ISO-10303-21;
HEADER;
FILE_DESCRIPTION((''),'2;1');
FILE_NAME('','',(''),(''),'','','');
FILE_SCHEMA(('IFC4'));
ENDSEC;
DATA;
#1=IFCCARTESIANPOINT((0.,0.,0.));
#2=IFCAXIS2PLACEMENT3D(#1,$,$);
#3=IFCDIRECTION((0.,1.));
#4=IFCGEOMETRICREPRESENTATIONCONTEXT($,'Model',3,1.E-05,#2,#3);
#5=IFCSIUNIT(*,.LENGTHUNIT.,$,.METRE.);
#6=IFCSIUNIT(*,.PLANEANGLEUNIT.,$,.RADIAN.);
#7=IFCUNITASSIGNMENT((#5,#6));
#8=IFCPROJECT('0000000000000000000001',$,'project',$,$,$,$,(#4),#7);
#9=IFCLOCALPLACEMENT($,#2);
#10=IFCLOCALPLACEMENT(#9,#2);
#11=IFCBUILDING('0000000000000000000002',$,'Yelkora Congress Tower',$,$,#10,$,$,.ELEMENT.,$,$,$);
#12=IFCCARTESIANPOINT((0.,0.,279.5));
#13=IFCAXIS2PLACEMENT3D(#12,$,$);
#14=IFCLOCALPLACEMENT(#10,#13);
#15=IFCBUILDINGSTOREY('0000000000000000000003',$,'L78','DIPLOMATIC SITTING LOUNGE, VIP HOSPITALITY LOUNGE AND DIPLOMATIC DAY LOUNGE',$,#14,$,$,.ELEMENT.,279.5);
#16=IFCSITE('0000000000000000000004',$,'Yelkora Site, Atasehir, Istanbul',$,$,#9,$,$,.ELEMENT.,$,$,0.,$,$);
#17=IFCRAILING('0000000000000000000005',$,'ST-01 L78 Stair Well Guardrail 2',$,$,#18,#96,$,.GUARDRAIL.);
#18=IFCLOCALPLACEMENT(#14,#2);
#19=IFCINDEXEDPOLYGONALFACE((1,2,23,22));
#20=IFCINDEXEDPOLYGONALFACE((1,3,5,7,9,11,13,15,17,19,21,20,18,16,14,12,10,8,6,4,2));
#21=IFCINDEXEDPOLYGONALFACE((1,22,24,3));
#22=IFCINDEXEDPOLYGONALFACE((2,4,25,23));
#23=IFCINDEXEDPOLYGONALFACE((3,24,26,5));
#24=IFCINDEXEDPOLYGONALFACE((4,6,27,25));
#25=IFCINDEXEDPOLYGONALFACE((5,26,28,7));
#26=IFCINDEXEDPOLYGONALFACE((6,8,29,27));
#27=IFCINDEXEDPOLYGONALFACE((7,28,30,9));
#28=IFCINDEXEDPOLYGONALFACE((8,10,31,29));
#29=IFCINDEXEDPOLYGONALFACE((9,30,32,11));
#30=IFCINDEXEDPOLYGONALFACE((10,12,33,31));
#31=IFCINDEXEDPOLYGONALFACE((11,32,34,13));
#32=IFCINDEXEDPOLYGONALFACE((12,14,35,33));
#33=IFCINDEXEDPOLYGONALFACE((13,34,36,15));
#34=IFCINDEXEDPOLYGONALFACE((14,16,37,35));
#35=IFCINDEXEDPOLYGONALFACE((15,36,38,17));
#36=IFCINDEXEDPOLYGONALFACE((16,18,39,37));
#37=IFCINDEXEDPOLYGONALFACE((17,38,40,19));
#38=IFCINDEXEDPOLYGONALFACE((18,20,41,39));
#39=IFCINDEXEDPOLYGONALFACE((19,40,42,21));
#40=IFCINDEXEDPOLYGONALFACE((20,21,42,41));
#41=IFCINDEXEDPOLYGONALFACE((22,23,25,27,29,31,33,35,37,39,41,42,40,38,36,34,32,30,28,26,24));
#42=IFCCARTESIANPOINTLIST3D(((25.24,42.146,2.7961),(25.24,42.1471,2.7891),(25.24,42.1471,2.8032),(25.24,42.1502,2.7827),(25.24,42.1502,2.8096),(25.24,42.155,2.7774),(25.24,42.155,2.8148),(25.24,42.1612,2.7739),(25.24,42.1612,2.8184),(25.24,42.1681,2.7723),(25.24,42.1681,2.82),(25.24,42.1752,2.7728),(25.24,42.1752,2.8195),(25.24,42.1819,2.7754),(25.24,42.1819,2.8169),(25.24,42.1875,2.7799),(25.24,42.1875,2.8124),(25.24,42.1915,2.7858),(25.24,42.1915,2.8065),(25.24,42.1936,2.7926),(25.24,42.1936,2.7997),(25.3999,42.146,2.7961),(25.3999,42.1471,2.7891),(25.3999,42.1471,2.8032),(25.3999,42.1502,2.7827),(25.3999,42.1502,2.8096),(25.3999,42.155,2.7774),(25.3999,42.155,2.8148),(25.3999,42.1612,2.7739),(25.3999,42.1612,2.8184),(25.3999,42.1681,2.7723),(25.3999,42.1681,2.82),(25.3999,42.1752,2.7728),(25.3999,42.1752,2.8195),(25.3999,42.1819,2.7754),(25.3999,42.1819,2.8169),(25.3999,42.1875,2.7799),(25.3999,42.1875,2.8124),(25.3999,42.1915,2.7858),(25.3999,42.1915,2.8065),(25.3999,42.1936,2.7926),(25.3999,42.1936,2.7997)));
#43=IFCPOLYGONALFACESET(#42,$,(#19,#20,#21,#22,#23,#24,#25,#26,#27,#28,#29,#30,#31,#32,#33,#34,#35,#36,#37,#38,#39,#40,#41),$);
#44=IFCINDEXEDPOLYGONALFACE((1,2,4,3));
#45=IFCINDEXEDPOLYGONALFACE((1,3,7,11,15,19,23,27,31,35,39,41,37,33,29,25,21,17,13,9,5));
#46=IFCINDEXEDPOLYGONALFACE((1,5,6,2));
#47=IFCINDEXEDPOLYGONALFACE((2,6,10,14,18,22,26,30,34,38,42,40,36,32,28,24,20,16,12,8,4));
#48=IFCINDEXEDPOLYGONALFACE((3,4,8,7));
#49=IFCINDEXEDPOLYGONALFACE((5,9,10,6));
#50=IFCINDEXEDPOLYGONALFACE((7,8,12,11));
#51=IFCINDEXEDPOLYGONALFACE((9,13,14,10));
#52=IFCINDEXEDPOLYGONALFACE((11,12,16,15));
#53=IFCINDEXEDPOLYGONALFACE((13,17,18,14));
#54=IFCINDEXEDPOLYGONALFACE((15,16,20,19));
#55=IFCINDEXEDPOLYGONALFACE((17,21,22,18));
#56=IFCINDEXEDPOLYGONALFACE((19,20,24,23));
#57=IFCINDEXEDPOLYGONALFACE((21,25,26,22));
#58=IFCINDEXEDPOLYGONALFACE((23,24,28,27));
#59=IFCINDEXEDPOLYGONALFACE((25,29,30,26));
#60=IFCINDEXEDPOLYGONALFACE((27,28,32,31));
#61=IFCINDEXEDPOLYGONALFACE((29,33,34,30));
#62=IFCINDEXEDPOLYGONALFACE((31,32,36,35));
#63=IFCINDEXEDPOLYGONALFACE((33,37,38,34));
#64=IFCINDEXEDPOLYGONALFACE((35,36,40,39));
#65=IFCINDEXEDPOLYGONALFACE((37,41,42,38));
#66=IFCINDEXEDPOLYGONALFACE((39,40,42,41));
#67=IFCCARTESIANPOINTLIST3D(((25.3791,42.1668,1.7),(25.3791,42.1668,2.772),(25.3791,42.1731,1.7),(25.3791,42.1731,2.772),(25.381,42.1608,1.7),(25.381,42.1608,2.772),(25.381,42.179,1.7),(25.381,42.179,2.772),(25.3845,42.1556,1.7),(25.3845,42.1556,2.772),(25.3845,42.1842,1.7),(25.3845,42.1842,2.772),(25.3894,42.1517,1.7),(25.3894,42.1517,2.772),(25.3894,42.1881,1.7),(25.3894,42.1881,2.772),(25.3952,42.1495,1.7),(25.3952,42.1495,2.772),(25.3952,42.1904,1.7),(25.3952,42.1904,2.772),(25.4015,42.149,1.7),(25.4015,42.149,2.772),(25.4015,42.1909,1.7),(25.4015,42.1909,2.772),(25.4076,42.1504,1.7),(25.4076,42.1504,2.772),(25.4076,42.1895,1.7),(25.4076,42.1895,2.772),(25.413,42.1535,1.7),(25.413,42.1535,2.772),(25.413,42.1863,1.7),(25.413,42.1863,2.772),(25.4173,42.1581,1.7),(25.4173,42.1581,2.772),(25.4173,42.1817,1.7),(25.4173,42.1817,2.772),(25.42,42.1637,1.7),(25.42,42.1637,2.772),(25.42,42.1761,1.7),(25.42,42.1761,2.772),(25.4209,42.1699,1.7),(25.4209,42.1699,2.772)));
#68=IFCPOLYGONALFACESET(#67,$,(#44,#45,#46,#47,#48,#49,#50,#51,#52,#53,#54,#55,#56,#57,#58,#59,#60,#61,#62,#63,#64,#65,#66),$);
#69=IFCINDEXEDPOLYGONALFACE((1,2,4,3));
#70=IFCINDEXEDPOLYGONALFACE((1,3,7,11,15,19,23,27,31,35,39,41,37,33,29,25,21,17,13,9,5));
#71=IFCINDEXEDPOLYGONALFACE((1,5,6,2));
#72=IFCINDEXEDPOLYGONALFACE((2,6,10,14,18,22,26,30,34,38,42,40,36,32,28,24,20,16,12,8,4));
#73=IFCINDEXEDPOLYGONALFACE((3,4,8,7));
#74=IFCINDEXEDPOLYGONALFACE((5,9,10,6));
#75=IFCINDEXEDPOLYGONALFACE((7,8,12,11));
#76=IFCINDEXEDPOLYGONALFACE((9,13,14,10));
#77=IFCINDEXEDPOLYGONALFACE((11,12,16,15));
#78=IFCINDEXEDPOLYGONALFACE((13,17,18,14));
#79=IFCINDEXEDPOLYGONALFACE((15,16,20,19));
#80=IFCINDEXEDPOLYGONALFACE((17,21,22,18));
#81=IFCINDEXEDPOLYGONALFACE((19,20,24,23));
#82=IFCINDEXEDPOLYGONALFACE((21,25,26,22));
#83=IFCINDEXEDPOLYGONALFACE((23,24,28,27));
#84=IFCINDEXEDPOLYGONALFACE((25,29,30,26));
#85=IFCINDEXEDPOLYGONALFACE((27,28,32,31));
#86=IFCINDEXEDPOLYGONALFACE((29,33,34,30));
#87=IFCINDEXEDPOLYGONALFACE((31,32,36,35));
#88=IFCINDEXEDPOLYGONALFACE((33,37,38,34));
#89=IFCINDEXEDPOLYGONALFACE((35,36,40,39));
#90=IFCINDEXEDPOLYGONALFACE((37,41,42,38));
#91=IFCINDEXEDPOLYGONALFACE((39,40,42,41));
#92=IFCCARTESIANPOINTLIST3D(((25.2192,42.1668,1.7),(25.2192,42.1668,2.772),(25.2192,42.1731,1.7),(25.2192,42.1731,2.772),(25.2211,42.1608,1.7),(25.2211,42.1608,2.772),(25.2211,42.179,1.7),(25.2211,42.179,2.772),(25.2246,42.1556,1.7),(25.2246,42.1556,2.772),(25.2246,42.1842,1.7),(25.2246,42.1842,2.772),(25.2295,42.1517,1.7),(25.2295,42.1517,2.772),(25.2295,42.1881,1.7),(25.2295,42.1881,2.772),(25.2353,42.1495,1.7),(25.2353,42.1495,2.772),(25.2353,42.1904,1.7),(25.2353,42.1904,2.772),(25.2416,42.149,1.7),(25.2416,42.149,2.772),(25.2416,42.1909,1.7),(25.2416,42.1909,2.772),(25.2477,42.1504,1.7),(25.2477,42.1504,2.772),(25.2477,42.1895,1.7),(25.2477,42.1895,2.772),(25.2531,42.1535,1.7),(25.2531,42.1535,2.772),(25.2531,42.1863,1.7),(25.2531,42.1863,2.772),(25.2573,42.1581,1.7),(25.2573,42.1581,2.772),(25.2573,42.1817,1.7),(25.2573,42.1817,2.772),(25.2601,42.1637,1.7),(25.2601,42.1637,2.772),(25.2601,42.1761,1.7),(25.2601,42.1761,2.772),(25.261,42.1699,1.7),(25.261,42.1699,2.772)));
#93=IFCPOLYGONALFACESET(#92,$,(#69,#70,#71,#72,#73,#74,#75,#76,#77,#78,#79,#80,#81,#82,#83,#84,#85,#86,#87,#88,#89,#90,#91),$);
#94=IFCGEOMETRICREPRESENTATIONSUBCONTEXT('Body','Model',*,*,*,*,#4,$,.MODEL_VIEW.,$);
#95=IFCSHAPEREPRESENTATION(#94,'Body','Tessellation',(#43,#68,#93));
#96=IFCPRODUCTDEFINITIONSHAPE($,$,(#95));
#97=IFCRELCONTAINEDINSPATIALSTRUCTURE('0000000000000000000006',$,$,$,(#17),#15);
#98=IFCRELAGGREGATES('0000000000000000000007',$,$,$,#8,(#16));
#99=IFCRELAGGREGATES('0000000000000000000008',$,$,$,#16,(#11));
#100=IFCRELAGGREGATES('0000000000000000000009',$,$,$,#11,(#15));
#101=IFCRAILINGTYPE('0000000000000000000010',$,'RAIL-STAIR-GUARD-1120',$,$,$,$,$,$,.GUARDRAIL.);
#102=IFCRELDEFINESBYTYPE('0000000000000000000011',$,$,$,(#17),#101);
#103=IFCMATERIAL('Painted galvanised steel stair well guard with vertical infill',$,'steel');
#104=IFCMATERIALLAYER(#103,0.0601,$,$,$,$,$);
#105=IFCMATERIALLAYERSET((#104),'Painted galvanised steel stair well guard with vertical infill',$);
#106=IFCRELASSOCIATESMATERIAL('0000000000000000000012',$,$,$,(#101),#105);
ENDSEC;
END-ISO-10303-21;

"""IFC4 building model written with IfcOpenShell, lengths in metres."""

from ifc_helpers import new_model, si_unit, direction, frame, origin, origin_2d, place, context, subcontext, project, spatial, circle, extrude, material, layer, layer_set, type_object, element, save


model = new_model("IFC4")

# Units and contexts
model_context = context("Model", 3, precision=1e-05, world=origin(), true_north=direction((0.0, 1.0)))
body_context = subcontext(model_context, "Body", "Model", "MODEL_VIEW")
ifc_project = project(units=[si_unit("LENGTHUNIT", "METRE"), si_unit("PLANEANGLEUNIT", "RADIAN")], contexts=[model_context])

# Site, building, storey
site_placement = place(None, origin())
site = spatial("IfcSite", under=ifc_project, at=site_placement, Name="Yelkora Site, Atasehir, Istanbul", CompositionType="ELEMENT", RefElevation=0.0)
building_placement = place(site_placement, origin())
building = spatial("IfcBuilding", under=site, at=building_placement, Name="Yelkora Congress Tower", CompositionType="ELEMENT")
storey_placement = place(building_placement, frame((0.0, 0.0, 279.5)))
storey = spatial("IfcBuildingStorey", under=building, at=storey_placement, Name="L78", Description="DIPLOMATIC SITTING LOUNGE, VIP HOSPITALITY LOUNGE AND DIPLOMATIC DAY LOUNGE", CompositionType="ELEMENT", Elevation=279.5)

# Railing
ifc_material_1 = material(Name="Painted galvanised steel stair well guard with vertical infill", Category="steel")
ifc_layer_1 = layer(ifc_material_1, 0.0601)
ifc_layer_set_1 = layer_set([ifc_layer_1], Name="Painted galvanised steel stair well guard with vertical infill")
railing_type = type_object("IfcRailingType", Name="RAIL-STAIR-GUARD-1120", PredefinedType="GUARDRAIL", material=ifc_layer_set_1)
railing_1_placement = place(storey_placement, frame((25.3999, 42.1699, 1.7)))
element("IfcRailing", 1, at=railing_1_placement, inside=storey, type_object=railing_type, Name="ST-01 L78 Stair Well Guardrail 2", PredefinedType="GUARDRAIL", context=body_context, shape_type="SweptSolid", body=[
    extrude(circle(Radius=0.0239, at=origin_2d()), frame((0.0, 0.0, 1.0962), z_axis=(-1.0, 0.0, 0.0), x_axis=(0.0, -1.0, 0.0)), (0.0, 0.0, 1.0), 0.1599),
    extrude(circle(Radius=0.021, at=origin_2d()), origin(), (0.0, 0.0, 1.0), 1.072),
    extrude(circle(Radius=0.021, at=origin_2d()), frame((-0.1599, 0.0, 0.0)), (0.0, 0.0, 1.0), 1.072),
])

save(model, "model.ifc")
